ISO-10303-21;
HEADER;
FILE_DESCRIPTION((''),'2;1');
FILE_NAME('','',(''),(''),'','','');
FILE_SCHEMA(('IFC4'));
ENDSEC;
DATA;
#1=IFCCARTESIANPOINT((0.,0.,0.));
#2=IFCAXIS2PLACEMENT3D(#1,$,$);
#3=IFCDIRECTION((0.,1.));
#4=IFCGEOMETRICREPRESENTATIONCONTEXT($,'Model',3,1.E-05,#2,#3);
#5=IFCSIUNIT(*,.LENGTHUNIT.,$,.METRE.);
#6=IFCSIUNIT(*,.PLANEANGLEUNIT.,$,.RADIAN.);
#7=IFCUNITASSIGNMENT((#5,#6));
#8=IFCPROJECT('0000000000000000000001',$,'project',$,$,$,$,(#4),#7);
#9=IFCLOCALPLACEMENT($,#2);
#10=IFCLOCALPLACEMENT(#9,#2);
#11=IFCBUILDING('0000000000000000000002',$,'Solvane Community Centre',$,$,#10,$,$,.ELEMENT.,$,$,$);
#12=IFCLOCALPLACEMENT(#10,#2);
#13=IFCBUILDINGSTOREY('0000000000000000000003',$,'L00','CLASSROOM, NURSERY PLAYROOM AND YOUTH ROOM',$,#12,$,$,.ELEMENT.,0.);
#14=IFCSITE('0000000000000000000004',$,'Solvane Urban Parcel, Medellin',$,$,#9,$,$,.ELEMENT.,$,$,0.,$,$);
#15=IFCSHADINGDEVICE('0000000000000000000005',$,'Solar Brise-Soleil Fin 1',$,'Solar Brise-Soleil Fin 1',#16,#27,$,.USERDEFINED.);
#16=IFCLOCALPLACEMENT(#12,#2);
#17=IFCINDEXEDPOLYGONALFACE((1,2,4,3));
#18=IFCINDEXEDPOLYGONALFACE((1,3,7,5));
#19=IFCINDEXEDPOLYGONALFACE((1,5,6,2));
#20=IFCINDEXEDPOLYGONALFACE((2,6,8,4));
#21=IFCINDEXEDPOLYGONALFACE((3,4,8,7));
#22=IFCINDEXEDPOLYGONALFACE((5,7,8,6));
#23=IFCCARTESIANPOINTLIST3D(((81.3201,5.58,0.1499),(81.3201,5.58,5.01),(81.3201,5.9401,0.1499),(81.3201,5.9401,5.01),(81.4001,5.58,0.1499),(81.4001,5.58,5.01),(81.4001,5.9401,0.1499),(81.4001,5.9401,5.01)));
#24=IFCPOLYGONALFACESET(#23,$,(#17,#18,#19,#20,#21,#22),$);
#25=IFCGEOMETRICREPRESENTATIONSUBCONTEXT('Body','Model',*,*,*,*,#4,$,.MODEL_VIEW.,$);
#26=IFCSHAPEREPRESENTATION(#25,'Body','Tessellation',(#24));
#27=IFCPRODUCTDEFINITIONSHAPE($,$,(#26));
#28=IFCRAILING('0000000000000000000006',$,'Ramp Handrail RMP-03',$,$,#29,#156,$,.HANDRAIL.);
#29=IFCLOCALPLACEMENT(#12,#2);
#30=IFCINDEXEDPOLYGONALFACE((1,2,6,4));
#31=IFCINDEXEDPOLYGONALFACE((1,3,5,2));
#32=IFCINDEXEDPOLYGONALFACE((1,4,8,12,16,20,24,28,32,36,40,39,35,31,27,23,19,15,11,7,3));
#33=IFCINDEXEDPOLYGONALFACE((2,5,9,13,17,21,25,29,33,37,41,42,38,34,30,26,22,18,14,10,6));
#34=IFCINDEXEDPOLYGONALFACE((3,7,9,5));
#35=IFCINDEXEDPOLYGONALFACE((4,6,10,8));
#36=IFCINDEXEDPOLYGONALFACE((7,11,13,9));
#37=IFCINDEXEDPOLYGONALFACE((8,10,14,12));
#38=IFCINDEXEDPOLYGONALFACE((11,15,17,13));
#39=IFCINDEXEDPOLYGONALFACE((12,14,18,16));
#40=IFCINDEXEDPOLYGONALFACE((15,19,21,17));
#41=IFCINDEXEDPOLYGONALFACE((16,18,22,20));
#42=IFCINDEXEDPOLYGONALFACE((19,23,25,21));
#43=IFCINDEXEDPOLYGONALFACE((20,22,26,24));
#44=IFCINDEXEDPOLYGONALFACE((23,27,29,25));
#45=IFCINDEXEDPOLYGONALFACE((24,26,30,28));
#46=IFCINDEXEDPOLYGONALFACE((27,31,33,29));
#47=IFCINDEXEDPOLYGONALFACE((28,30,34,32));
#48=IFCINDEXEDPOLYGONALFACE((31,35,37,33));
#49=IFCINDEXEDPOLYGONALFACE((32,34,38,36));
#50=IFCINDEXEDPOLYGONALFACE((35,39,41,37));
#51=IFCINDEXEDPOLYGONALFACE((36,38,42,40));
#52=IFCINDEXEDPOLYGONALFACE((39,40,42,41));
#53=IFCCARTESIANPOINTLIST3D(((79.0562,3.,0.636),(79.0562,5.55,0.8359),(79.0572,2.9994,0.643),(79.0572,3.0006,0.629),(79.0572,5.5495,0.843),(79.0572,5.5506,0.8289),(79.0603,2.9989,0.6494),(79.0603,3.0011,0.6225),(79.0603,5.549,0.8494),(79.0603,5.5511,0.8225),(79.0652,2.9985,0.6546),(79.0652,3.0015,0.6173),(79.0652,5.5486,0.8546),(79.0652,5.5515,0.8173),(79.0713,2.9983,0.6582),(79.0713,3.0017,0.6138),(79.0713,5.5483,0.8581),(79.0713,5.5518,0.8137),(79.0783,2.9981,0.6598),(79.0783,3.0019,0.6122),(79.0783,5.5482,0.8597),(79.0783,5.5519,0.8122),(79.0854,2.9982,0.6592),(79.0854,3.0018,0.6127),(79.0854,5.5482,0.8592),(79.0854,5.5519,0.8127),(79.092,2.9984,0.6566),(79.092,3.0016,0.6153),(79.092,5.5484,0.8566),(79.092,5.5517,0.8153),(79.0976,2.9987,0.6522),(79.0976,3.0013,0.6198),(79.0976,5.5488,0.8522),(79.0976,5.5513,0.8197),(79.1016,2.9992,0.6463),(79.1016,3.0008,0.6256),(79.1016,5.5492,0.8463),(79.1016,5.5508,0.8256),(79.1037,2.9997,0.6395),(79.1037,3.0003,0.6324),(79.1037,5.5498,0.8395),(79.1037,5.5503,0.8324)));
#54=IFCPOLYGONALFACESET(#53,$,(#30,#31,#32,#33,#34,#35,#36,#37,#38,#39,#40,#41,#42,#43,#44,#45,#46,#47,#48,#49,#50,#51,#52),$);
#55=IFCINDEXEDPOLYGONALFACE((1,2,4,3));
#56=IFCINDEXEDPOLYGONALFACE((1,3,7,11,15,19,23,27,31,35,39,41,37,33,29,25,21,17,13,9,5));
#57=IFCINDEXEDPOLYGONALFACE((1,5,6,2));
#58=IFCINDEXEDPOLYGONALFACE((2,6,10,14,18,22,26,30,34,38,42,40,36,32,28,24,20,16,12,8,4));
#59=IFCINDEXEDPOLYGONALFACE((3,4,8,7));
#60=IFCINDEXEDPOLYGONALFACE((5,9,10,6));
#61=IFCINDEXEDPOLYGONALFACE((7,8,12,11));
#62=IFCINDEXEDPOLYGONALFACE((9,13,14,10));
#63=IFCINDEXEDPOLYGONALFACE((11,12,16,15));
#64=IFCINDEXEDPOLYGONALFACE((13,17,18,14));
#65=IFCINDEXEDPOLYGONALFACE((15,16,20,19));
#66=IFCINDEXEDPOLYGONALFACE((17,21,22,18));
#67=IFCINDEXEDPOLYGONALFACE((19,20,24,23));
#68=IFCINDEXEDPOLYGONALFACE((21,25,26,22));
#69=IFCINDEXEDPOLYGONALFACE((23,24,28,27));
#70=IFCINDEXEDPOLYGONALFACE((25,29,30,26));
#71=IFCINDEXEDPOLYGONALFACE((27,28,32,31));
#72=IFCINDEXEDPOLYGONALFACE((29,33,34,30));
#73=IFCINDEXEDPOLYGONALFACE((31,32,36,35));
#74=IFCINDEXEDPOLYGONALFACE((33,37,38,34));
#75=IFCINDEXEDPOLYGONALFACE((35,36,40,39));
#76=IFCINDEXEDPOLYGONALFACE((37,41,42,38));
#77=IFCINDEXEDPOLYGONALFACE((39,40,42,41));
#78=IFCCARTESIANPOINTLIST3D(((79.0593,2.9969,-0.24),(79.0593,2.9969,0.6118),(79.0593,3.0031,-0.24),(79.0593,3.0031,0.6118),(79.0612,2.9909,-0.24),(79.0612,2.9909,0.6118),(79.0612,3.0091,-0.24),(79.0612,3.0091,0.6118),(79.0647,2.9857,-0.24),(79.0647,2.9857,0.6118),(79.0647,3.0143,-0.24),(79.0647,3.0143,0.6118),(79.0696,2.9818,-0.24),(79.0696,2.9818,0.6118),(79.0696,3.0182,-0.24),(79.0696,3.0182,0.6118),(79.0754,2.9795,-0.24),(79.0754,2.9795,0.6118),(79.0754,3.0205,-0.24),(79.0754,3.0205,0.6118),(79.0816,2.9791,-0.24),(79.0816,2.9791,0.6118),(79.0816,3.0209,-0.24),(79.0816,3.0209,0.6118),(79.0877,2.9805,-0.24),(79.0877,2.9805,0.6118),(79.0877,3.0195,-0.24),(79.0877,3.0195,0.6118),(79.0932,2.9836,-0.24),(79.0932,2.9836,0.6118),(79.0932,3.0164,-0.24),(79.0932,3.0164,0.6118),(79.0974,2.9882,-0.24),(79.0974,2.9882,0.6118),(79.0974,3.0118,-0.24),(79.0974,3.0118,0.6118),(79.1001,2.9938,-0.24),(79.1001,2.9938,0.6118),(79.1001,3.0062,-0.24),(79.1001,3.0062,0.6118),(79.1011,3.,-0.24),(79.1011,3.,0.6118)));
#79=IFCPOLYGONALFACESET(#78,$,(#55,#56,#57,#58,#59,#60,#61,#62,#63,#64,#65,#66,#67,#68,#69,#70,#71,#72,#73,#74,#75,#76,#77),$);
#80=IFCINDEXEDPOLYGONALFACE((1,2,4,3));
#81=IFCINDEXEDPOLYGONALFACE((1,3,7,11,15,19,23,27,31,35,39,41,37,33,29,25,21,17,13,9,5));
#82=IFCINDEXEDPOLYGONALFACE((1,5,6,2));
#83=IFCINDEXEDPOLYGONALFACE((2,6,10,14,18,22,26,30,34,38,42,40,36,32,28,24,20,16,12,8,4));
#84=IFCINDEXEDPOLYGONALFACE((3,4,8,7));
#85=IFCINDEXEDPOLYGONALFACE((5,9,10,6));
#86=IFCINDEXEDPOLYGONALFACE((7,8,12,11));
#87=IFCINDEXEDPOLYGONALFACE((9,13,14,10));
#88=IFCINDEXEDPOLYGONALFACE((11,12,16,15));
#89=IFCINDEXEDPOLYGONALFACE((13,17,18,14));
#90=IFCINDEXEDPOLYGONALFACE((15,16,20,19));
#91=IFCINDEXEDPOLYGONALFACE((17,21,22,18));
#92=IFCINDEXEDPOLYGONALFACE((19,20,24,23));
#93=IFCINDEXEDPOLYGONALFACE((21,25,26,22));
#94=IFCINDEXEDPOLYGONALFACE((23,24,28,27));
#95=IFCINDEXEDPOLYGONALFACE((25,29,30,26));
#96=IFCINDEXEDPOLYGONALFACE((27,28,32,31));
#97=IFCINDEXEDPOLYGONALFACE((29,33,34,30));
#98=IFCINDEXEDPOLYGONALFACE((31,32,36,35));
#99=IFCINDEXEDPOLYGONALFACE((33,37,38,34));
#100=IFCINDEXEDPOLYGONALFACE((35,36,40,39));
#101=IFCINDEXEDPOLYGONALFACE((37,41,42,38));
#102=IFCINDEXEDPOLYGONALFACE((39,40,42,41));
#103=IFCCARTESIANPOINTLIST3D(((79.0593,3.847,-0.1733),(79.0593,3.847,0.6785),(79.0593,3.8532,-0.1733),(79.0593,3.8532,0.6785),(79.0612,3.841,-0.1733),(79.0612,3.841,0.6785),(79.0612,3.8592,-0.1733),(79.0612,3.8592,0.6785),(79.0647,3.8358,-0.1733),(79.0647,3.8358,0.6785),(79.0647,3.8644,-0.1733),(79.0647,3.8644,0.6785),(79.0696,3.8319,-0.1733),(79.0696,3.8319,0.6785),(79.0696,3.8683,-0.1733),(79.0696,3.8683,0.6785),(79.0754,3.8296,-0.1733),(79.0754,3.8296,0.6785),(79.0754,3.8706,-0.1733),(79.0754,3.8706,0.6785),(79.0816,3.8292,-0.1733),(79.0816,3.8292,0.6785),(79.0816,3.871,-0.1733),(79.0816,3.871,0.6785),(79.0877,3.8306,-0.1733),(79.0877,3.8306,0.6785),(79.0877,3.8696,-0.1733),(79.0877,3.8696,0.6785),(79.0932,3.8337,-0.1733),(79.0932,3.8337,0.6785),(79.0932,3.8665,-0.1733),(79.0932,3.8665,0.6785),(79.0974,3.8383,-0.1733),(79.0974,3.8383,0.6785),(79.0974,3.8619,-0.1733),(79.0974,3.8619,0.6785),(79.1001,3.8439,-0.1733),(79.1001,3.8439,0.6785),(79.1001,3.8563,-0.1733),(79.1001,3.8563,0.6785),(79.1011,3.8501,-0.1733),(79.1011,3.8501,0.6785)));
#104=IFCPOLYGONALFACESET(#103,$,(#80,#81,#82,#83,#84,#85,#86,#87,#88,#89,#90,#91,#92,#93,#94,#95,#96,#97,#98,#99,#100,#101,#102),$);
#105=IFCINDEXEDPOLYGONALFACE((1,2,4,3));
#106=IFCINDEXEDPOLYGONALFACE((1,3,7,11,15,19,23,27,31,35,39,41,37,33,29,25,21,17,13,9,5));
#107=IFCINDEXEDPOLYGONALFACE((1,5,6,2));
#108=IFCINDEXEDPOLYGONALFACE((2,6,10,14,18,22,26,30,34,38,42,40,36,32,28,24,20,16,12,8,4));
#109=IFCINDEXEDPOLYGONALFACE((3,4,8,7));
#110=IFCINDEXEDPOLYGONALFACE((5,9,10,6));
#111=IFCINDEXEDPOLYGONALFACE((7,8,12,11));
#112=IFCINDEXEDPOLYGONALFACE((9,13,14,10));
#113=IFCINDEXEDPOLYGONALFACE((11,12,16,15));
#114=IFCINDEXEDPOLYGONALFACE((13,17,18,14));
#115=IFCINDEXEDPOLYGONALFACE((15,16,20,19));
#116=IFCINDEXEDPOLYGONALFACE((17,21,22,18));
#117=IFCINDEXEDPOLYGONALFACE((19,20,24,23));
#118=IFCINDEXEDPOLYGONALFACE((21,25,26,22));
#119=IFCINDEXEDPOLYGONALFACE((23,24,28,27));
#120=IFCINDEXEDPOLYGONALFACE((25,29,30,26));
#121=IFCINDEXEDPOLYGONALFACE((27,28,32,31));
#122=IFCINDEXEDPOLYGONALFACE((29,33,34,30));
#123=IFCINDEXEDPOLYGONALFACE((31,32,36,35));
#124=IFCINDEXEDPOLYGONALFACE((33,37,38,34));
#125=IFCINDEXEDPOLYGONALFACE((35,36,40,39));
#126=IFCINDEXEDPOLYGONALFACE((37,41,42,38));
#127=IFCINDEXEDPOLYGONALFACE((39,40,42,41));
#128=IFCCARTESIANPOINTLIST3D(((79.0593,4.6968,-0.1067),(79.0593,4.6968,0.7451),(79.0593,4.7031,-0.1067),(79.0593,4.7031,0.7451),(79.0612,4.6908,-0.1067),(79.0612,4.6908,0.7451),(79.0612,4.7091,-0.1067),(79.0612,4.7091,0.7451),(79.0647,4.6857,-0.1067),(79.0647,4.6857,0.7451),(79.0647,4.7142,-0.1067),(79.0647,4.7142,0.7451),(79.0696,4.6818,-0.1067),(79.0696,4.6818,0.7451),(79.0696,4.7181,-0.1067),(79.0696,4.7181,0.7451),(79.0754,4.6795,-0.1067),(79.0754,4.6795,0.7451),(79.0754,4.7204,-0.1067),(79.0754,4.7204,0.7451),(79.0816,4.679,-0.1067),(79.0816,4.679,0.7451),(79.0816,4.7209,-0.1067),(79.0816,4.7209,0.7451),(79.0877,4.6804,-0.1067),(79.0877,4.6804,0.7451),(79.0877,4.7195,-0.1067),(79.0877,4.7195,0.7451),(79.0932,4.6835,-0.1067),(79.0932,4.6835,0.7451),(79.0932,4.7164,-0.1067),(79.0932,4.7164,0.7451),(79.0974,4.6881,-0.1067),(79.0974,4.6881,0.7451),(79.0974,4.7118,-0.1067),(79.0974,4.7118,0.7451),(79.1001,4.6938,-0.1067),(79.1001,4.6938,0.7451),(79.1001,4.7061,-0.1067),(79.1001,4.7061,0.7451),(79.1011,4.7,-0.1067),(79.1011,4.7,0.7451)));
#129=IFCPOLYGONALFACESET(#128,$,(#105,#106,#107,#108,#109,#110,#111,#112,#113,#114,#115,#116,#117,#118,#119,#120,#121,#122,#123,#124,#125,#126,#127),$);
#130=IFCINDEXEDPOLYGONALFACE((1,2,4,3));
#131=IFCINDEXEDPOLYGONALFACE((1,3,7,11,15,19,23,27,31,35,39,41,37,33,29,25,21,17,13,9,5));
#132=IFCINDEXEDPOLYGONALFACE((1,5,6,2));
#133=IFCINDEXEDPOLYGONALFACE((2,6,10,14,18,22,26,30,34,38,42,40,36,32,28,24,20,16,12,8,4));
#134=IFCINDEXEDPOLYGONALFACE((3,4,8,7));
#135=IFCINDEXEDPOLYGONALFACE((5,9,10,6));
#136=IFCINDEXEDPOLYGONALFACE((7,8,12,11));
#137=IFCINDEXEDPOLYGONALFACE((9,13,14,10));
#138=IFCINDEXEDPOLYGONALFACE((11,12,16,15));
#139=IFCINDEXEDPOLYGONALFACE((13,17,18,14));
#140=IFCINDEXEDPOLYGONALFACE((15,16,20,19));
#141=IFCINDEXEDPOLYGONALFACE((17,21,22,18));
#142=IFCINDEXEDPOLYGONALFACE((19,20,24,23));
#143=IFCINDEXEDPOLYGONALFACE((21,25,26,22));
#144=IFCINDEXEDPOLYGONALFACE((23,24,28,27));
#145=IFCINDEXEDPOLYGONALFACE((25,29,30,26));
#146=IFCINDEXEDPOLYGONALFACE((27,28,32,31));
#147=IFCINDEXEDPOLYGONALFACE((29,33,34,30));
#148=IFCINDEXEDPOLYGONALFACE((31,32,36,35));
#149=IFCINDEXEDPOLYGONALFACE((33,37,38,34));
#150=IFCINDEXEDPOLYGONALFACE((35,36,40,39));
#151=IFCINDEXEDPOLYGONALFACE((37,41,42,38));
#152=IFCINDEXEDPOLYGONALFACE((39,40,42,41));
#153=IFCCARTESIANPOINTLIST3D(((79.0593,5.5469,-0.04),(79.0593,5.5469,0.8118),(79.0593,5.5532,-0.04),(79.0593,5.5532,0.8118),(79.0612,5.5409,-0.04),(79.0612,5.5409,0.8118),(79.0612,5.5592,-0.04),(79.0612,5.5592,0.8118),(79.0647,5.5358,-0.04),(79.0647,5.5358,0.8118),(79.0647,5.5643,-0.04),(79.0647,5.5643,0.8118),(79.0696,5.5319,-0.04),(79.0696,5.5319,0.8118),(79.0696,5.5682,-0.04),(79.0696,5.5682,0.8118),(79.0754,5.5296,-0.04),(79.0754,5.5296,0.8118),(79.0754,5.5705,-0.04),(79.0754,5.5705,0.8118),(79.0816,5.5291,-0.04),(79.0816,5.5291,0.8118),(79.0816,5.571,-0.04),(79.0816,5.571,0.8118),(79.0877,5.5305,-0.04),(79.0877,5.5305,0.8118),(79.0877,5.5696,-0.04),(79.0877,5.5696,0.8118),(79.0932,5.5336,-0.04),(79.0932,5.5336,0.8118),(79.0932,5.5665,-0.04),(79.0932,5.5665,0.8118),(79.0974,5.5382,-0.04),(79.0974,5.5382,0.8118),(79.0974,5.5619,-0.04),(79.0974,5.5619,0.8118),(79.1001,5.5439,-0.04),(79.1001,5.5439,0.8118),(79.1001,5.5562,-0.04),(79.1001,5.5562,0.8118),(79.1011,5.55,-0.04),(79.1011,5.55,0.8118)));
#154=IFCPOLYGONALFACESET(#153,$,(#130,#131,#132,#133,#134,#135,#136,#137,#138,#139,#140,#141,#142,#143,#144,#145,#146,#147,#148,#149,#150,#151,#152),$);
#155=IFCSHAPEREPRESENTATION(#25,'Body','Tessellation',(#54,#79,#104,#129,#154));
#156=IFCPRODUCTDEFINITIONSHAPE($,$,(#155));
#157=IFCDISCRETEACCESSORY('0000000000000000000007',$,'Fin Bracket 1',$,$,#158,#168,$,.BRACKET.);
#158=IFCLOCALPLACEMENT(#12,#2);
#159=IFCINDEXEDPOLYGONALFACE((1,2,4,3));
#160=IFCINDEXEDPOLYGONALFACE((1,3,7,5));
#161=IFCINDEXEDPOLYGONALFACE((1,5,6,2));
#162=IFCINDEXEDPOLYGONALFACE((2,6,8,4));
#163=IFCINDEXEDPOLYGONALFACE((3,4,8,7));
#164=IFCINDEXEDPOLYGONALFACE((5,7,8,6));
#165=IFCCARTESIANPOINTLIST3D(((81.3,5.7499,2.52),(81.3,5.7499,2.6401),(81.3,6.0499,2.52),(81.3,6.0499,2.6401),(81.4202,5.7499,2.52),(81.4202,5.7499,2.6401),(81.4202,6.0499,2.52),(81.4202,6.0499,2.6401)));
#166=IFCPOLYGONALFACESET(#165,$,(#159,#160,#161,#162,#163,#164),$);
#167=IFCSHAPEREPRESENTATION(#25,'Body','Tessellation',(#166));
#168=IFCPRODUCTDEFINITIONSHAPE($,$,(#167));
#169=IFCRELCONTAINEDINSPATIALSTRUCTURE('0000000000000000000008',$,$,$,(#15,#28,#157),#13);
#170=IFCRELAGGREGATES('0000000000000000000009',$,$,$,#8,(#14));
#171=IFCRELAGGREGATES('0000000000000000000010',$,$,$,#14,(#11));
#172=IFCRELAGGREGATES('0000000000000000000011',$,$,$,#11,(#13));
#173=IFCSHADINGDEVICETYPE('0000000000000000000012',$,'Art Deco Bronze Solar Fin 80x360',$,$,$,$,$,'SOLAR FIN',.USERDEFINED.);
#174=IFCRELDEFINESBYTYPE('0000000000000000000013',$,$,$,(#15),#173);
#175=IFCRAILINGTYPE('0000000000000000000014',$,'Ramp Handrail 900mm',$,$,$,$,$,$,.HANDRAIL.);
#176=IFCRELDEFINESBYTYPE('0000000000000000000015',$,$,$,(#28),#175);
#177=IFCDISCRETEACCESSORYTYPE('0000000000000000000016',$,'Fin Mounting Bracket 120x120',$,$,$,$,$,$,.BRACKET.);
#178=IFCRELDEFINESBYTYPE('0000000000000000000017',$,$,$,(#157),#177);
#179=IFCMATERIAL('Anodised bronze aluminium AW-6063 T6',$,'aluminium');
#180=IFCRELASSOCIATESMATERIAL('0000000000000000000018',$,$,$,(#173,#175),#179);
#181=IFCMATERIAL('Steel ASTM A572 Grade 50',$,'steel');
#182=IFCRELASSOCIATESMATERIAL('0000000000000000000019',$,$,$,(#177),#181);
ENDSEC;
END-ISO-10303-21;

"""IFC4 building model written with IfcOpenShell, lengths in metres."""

from ifc_helpers import new_model, si_unit, direction, frame, origin, origin_2d, place, context, subcontext, project, spatial, rectangle, circle, extrude, material, type_object, element, save


model = new_model("IFC4")

# Units and contexts
model_context = context("Model", 3, precision=1e-05, world=origin(), true_north=direction((0.0, 1.0)))
body_context = subcontext(model_context, "Body", "Model", "MODEL_VIEW")
ifc_project = project(units=[si_unit("LENGTHUNIT", "METRE"), si_unit("PLANEANGLEUNIT", "RADIAN")], contexts=[model_context])

# Site, building, storey
site_placement = place(None, origin())
site = spatial("IfcSite", under=ifc_project, at=site_placement, Name="Solvane Urban Parcel, Medellin", CompositionType="ELEMENT", RefElevation=0.0)
building_placement = place(site_placement, origin())
building = spatial("IfcBuilding", under=site, at=building_placement, Name="Solvane Community Centre", CompositionType="ELEMENT")
storey_placement = place(building_placement, origin())
storey = spatial("IfcBuildingStorey", under=building, at=storey_placement, Name="L00", Description="CLASSROOM, NURSERY PLAYROOM AND YOUTH ROOM", CompositionType="ELEMENT", Elevation=0.0)

# Shared definitions
ifc_material_1 = material(Name="Anodised bronze aluminium AW-6063 T6", Category="aluminium")

# Shading device
shading_device_type = type_object("IfcShadingDeviceType", Name="Art Deco Bronze Solar Fin 80x360", ElementType="SOLAR FIN", PredefinedType="USERDEFINED", material=ifc_material_1)
shading_device_placement = place(storey_placement, frame((81.3601, 5.76, 0.1499), z_axis=(0.0, 0.0, 1.0), x_axis=(-1.0, 0.0, 0.0)))
element("IfcShadingDevice", 1, at=shading_device_placement, inside=storey, type_object=shading_device_type, Name="Solar Brise-Soleil Fin 1", ObjectType="Solar Brise-Soleil Fin 1", PredefinedType="USERDEFINED", context=body_context, shape_type="SweptSolid", body=[
    extrude(rectangle(XDim=0.0801, YDim=0.3601, at=origin_2d()), origin(), (0.0, 0.0, 1.0), 4.8601),
])

# Railing
railing_type = type_object("IfcRailingType", Name="Ramp Handrail 900mm", PredefinedType="HANDRAIL", material=ifc_material_1)
railing_placement = place(storey_placement, frame((79.0801, 3.0, -0.24)))
element("IfcRailing", 2, at=railing_placement, inside=storey, type_object=railing_type, Name="Ramp Handrail RMP-03", PredefinedType="HANDRAIL", context=body_context, shape_type="SweptSolid", body=[
    extrude(circle(Radius=0.0239, at=origin_2d()), frame((0.0, 0.0, 0.876), z_axis=(0.0, 0.99694, 0.078171), x_axis=(-1.0, 0.0, 0.0)), (0.0, 0.0, 1.0), 2.5579),
    extrude(circle(Radius=0.021, at=origin_2d()), origin(), (0.0, 0.0, 1.0), 0.8518),
    extrude(circle(Radius=0.021, at=origin_2d()), frame((0.0, 0.8501, 0.0667)), (0.0, 0.0, 1.0), 0.8518),
    extrude(circle(Radius=0.021, at=origin_2d()), frame((0.0, 1.7, 0.1333)), (0.0, 0.0, 1.0), 0.8518),
    extrude(circle(Radius=0.021, at=origin_2d()), frame((0.0, 2.55, 0.2)), (0.0, 0.0, 1.0), 0.8518),
])

# Discrete accessory
ifc_material_2 = material(Name="Steel ASTM A572 Grade 50", Category="steel")
discrete_accessory_type = type_object("IfcDiscreteAccessoryType", Name="Fin Mounting Bracket 120x120", PredefinedType="BRACKET", material=ifc_material_2)
discrete_accessory_placement = place(storey_placement, frame((81.3601, 5.8999, 2.52), z_axis=(0.0, 0.0, 1.0), x_axis=(-1.0, 0.0, 0.0)))
element("IfcDiscreteAccessory", 3, at=discrete_accessory_placement, inside=storey, type_object=discrete_accessory_type, Name="Fin Bracket 1", PredefinedType="BRACKET", context=body_context, shape_type="SweptSolid", body=[
    extrude(rectangle(XDim=0.1201, YDim=0.3, at=origin_2d()), origin(), (0.0, 0.0, 1.0), 0.1201),
])

save(model, "model.ifc")
